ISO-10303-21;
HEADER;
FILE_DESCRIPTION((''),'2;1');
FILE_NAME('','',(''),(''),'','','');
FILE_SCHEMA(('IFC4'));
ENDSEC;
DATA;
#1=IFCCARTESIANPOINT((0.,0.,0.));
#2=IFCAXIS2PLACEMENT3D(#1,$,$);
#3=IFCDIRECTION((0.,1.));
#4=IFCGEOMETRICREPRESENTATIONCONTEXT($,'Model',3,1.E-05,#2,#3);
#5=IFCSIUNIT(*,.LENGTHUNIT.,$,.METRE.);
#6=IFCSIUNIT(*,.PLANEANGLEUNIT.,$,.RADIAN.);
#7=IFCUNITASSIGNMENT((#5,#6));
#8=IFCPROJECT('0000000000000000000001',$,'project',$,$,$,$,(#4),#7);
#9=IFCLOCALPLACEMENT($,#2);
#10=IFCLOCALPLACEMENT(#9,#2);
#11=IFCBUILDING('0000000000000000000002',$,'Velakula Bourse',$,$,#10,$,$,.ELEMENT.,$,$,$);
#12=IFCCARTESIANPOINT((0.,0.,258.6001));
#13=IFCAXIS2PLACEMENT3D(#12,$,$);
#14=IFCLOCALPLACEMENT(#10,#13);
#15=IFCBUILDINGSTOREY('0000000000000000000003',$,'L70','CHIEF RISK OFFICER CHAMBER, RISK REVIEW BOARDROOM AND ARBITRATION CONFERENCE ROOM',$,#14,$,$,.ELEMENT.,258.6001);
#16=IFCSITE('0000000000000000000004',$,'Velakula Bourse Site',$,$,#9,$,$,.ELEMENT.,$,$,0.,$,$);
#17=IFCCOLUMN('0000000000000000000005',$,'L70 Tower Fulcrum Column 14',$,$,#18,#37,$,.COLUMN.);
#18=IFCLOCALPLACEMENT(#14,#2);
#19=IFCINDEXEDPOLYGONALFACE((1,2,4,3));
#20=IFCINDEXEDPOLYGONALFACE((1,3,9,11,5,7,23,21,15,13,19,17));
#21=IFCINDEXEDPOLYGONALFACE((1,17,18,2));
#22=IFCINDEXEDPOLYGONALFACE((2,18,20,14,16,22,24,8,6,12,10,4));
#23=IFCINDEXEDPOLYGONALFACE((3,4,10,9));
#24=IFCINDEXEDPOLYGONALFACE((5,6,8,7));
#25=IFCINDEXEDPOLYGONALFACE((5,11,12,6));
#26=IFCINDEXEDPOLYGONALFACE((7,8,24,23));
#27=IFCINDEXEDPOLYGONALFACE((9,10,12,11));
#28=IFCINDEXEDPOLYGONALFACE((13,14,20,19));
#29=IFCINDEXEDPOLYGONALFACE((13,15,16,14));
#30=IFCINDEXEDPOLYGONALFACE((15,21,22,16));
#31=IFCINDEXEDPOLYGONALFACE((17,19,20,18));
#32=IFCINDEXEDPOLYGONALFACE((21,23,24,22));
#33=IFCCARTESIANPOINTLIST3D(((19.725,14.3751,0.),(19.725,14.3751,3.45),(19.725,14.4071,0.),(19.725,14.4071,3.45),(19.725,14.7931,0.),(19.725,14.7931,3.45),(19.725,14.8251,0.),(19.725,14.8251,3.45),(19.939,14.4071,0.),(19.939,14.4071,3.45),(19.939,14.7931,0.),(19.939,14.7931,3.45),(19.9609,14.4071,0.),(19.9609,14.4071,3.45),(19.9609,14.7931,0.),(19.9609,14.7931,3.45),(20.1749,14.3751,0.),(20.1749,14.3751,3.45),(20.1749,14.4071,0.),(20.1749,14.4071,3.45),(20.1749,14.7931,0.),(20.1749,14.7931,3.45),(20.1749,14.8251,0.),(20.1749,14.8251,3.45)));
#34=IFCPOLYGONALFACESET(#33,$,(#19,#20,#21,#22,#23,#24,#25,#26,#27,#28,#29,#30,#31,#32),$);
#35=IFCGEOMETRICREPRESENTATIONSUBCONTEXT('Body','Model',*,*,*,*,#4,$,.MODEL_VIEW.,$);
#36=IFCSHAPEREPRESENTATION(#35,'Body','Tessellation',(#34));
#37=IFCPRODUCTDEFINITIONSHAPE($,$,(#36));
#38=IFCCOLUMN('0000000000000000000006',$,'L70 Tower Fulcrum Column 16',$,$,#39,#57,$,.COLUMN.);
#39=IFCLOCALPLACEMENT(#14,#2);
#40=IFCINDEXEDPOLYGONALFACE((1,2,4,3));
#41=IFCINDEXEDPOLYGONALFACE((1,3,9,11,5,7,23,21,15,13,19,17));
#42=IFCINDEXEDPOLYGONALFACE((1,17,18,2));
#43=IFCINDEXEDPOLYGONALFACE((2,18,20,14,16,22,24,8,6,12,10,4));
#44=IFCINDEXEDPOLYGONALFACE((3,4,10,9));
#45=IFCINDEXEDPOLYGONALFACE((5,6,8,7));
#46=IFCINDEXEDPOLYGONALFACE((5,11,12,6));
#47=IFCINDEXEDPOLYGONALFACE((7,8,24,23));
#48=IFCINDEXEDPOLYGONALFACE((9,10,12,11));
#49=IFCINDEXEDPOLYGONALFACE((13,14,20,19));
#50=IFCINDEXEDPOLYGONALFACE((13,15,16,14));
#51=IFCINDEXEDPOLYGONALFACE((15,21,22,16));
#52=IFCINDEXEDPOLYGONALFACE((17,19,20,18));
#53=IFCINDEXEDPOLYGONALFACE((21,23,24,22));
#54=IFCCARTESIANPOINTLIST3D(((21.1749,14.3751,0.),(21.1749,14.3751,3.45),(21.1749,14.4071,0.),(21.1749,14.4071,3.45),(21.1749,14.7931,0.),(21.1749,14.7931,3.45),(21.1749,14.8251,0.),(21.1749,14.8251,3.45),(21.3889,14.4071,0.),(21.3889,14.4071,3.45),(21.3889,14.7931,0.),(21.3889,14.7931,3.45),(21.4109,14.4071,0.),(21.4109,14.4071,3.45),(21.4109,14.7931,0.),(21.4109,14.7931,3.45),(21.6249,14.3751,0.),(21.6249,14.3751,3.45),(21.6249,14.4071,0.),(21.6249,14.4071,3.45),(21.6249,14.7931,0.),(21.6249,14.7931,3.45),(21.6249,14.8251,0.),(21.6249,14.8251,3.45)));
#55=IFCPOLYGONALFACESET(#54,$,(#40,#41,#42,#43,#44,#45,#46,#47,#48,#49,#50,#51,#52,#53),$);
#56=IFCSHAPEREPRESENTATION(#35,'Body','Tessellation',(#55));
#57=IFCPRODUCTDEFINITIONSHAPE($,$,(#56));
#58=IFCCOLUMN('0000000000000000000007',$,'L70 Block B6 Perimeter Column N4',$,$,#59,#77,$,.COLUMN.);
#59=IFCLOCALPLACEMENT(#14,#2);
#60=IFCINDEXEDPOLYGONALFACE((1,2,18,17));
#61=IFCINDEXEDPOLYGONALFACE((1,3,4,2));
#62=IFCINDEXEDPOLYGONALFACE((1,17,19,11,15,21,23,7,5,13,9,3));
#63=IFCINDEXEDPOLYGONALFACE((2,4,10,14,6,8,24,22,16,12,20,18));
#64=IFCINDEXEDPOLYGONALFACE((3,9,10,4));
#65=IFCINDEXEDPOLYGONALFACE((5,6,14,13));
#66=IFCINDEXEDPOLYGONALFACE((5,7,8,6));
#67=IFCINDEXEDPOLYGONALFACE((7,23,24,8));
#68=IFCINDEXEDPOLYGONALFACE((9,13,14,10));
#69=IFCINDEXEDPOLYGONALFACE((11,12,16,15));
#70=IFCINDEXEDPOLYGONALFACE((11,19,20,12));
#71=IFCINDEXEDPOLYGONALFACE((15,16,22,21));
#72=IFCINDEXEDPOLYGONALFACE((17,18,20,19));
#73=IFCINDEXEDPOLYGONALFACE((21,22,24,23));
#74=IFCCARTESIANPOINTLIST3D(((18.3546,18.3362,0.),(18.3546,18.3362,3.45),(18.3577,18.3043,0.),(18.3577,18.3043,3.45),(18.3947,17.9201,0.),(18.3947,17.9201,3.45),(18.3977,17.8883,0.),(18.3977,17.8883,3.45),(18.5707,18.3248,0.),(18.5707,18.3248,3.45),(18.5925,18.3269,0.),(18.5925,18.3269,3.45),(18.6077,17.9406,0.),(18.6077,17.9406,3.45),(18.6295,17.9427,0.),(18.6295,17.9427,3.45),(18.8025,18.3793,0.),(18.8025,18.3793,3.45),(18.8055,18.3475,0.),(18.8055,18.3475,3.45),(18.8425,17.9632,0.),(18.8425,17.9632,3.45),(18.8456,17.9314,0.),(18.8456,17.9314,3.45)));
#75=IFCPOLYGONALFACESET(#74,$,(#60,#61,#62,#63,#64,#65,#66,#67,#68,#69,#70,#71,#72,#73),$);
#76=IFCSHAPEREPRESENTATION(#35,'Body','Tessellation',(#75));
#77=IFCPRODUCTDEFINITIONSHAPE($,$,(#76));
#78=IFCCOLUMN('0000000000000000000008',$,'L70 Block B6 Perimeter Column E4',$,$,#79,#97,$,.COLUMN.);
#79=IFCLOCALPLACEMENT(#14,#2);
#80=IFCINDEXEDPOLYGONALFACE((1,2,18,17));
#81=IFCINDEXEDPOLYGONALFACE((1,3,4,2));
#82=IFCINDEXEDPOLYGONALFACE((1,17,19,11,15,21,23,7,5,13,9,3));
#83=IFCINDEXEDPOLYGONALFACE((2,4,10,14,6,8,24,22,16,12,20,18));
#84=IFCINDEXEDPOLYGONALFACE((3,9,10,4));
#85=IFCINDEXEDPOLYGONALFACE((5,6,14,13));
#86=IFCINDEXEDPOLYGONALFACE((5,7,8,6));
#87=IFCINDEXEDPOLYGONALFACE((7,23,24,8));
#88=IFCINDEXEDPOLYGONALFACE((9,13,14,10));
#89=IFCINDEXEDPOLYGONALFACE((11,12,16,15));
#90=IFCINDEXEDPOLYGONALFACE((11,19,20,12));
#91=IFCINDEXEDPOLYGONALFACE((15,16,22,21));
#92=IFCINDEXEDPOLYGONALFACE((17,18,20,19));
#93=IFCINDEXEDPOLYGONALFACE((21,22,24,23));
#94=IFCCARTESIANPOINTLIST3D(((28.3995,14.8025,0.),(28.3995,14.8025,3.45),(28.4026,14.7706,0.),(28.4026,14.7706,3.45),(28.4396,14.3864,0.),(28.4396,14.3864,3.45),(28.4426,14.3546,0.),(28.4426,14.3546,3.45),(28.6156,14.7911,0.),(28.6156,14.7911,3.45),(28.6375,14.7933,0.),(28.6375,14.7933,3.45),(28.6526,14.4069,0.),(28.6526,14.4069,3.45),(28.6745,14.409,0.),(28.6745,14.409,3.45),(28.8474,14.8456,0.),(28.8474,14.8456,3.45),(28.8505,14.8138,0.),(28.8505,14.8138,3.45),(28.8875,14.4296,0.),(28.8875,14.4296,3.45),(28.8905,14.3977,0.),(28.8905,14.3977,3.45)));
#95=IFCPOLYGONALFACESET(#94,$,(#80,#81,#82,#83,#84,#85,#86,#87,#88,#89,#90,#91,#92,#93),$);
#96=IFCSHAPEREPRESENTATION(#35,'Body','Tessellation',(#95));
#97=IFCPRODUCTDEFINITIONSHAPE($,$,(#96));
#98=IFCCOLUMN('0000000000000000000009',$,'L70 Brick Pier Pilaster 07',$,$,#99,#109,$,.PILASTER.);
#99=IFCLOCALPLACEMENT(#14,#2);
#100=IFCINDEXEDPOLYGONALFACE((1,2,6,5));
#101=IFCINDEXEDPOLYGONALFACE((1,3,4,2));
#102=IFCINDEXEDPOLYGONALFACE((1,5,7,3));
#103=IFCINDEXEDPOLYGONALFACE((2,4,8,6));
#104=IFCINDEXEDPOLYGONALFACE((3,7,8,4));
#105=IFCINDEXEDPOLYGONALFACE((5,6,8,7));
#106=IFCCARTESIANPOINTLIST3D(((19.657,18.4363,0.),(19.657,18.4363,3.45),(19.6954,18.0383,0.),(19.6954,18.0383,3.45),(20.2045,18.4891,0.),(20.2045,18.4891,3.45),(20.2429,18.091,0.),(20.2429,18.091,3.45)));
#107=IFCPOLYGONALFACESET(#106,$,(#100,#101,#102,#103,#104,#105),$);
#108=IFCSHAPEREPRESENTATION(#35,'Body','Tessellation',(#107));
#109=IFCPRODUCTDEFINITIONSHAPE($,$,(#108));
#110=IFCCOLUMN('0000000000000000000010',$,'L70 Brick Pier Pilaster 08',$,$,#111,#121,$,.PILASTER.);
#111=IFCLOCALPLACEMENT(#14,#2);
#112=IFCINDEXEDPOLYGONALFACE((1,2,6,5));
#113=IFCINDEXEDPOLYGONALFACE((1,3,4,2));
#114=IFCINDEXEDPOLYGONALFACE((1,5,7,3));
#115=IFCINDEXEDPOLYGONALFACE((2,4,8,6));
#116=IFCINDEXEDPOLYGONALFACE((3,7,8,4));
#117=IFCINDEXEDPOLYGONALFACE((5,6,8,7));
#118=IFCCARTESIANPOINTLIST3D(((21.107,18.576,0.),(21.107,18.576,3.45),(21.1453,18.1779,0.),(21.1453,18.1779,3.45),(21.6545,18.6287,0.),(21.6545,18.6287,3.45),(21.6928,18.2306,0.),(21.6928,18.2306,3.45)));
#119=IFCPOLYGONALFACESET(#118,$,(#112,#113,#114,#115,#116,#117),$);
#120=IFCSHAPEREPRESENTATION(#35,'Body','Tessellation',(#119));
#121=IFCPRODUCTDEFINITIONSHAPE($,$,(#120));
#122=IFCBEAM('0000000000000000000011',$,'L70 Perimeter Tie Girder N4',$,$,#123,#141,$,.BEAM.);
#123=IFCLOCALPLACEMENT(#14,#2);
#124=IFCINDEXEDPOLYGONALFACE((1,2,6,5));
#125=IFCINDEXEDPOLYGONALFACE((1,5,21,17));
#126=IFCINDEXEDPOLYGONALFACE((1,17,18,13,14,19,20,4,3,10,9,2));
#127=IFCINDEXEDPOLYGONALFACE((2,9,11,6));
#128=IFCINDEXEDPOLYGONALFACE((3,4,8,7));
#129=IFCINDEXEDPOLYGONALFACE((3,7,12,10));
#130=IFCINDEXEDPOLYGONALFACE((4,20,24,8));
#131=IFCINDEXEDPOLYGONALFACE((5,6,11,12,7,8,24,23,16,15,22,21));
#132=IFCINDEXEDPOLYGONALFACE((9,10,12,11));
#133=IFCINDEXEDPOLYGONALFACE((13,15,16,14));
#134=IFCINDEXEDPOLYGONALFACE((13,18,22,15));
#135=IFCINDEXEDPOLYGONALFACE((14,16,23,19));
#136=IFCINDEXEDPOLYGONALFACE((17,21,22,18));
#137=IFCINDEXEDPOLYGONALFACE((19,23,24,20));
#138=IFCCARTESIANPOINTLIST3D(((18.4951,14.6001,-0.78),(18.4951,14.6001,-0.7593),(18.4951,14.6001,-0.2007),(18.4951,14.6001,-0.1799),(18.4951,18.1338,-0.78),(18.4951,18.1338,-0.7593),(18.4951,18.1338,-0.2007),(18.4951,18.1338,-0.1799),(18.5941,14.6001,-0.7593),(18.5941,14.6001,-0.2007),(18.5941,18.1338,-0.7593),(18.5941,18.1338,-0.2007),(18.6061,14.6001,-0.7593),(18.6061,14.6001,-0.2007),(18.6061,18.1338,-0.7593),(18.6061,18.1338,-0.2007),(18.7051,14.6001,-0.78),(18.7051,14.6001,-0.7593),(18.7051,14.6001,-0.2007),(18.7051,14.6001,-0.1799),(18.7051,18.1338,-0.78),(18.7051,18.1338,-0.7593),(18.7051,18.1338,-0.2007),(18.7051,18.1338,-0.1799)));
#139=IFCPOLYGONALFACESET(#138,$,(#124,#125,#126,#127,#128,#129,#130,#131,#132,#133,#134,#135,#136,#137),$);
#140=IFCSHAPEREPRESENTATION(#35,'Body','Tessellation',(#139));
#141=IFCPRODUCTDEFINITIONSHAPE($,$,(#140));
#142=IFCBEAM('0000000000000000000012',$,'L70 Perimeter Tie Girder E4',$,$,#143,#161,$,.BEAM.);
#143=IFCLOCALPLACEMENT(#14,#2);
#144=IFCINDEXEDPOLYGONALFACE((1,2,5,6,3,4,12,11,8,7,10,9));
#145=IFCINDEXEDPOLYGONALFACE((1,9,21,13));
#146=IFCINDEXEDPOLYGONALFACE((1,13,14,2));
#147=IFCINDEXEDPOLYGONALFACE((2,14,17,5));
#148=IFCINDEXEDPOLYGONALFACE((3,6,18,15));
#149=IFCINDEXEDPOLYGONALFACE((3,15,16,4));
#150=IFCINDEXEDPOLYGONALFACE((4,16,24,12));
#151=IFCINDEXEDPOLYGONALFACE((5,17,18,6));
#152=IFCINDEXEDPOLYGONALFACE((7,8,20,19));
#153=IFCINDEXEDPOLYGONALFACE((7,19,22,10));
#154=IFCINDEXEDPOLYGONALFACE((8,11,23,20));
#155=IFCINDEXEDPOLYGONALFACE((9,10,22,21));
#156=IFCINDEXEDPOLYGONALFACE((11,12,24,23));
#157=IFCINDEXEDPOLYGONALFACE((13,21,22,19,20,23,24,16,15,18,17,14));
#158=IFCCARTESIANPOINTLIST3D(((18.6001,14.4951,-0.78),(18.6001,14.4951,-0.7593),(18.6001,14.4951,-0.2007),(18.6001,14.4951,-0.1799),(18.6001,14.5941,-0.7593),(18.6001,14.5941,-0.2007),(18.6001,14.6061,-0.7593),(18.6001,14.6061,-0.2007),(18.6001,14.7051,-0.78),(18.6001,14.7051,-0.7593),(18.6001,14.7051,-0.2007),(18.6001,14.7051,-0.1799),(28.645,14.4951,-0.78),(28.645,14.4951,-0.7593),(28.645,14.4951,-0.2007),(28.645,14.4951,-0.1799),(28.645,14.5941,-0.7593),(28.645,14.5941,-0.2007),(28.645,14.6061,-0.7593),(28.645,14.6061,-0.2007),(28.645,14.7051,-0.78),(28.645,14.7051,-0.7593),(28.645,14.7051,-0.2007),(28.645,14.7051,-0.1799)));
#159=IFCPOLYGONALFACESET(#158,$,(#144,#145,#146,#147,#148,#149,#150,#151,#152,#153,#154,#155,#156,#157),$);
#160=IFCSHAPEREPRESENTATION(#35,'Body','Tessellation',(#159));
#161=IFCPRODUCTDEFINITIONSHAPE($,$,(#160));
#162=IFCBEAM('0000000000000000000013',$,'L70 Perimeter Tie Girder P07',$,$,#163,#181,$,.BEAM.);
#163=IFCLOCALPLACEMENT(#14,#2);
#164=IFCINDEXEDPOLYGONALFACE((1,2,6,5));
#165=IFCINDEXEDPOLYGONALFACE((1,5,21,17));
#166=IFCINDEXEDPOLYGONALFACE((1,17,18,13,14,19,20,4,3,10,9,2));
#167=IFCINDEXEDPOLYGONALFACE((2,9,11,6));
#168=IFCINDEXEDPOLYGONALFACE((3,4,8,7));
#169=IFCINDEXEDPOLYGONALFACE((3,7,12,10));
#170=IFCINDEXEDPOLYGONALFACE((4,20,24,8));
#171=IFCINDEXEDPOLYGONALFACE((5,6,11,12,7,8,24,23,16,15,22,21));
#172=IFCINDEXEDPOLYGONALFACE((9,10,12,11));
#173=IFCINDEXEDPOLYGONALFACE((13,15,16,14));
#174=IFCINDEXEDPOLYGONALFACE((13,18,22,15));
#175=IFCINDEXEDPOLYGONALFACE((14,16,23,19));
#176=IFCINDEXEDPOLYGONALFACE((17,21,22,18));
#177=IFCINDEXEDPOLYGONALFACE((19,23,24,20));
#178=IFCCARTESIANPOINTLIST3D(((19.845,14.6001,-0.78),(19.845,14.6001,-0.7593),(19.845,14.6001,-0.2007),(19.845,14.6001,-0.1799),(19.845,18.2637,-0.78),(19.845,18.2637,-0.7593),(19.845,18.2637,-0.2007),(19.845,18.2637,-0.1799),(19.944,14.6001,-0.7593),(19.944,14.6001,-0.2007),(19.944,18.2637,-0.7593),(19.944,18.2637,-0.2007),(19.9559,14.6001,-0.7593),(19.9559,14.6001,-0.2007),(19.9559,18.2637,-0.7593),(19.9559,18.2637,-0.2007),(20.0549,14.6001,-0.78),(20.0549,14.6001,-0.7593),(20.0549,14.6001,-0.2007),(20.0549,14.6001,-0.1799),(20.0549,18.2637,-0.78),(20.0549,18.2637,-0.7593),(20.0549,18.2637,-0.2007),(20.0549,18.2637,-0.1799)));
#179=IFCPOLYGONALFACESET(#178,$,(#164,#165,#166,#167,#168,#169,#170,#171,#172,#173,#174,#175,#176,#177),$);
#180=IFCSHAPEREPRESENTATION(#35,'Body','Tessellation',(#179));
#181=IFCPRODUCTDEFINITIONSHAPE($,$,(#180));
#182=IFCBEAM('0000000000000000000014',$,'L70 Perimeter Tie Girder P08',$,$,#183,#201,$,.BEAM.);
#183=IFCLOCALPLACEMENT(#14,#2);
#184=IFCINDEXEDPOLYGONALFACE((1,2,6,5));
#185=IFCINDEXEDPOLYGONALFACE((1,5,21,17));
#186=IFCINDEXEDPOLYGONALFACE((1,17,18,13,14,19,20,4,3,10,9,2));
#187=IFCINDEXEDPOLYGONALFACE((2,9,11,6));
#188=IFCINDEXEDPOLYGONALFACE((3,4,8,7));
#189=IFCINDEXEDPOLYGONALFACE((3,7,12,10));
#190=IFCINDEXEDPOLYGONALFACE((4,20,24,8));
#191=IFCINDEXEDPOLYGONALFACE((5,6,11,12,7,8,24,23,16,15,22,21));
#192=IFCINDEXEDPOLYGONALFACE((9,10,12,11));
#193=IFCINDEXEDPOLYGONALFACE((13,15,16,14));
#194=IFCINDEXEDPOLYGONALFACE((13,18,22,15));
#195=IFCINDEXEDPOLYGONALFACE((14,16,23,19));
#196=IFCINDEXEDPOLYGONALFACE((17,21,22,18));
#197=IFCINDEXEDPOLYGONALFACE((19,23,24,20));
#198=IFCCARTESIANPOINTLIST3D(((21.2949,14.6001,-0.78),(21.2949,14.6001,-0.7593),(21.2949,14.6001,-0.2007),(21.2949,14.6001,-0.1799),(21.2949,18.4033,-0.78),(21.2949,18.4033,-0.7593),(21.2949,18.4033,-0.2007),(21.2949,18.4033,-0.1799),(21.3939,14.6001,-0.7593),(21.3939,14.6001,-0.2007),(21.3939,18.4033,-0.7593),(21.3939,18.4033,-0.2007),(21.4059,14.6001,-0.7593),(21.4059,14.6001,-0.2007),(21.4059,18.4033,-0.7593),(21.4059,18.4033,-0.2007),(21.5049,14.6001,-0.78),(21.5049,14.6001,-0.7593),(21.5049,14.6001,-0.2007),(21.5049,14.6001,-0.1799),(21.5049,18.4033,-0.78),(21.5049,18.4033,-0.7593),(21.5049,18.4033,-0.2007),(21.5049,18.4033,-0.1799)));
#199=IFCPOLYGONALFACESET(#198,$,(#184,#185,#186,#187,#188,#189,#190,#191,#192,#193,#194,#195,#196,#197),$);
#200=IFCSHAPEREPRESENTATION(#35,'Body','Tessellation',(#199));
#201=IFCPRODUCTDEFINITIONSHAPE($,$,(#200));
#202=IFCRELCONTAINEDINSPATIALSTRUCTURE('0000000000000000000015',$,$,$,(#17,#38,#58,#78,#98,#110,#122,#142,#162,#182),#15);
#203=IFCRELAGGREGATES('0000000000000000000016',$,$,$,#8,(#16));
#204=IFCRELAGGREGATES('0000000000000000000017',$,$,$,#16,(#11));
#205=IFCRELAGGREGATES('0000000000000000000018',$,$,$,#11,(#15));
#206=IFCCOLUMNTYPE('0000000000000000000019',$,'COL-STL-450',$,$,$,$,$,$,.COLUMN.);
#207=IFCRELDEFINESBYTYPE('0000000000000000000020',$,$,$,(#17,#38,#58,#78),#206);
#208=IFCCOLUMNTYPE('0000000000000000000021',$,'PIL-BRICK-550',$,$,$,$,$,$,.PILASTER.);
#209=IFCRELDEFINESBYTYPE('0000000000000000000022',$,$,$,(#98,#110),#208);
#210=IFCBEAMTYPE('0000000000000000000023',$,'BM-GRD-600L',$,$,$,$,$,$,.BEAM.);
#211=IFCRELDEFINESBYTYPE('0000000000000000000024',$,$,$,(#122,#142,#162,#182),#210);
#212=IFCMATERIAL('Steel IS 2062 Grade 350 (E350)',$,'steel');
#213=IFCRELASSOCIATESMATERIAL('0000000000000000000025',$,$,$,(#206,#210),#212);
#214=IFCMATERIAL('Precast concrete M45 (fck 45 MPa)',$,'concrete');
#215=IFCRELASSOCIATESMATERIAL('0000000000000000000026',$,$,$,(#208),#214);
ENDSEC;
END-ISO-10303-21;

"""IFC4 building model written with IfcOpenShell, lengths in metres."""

from ifc_helpers import new_model, si_unit, direction, frame, origin, origin_2d, place, context, subcontext, project, spatial, rectangle, i_section, extrude, material, material_profile, profile_set, type_object, element, save


model = new_model("IFC4")

# Units and contexts
model_context = context("Model", 3, precision=1e-05, world=origin(), true_north=direction((0.0, 1.0)))
body_context = subcontext(model_context, "Body", "Model", "MODEL_VIEW")
ifc_project = project(units=[si_unit("LENGTHUNIT", "METRE"), si_unit("PLANEANGLEUNIT", "RADIAN")], contexts=[model_context])

# Site, building, storey
site_placement = place(None, origin())
site = spatial("IfcSite", under=ifc_project, at=site_placement, Name="Velakula Bourse Site", CompositionType="ELEMENT", RefElevation=0.0)
building_placement = place(site_placement, origin())
building = spatial("IfcBuilding", under=site, at=building_placement, Name="Velakula Bourse", CompositionType="ELEMENT")
storey_placement = place(building_placement, frame((0.0, 0.0, 258.6001)))
storey = spatial("IfcBuildingStorey", under=building, at=storey_placement, Name="L70", Description="CHIEF RISK OFFICER CHAMBER, RISK REVIEW BOARDROOM AND ARBITRATION CONFERENCE ROOM", CompositionType="ELEMENT", Elevation=258.6001)

# Columns
ifc_material_1 = material(Name="Steel IS 2062 Grade 350 (E350)", Category="steel")
ifc_material_profile_1 = material_profile(ifc_material_1, i_section(OverallWidth=0.45, OverallDepth=0.45, WebThickness=0.022, FlangeThickness=0.032, at=origin_2d()), Name="Steel IS 2062 Grade 350 (E350)")
ifc_profile_set_1 = profile_set([ifc_material_profile_1], Name="Steel IS 2062 Grade 350 (E350)")
column_type_1 = type_object("IfcColumnType", Name="COL-STL-450", PredefinedType="COLUMN", material=ifc_profile_set_1)
for number, where, z_axis, x_axis, name in (
    (1, (19.95, 14.6001, 0.0), (0.0, 0.0, 1.0), (1.0, 0.0, 0.0), "L70 Tower Fulcrum Column 14"),
    (2, (21.3999, 14.6001, 0.0), (0.0, 0.0, 1.0), (1.0, 0.0, 0.0), "L70 Tower Fulcrum Column 16"),
    (3, (18.6001, 18.1338, 0.0), (0.0, 0.0, 1.0), (0.995396, 0.095846, 0.0), "L70 Block B6 Perimeter Column N4"),
    (4, (28.645, 14.6001, 0.0), (0.0, 0.0, 1.0), (0.995396, 0.095846, 0.0), "L70 Block B6 Perimeter Column E4"),
):
    element("IfcColumn", number, at=place(storey_placement, frame(where, z_axis=z_axis, x_axis=x_axis)), inside=storey, type_object=column_type_1, Name=name, PredefinedType="COLUMN", context=body_context, shape_type="SweptSolid", body=[
        extrude(i_section(OverallWidth=0.45, OverallDepth=0.45, WebThickness=0.022, FlangeThickness=0.032, at=origin_2d()), origin(), (0.0, 0.0, 1.0), 3.45),
    ])
ifc_material_2 = material(Name="Precast concrete M45 (fck 45 MPa)", Category="concrete")
ifc_material_profile_2 = material_profile(ifc_material_2, rectangle(XDim=0.55, YDim=0.3999, at=origin_2d()), Name="Precast concrete M45 (fck 45 MPa)")
ifc_profile_set_2 = profile_set([ifc_material_profile_2], Name="Precast concrete M45 (fck 45 MPa)")
column_type_2 = type_object("IfcColumnType", Name="PIL-BRICK-550", PredefinedType="PILASTER", material=ifc_profile_set_2)
for number, where, z_axis, x_axis, name in (
    (5, (19.95, 18.2637, 0.0), (0.0, 0.0, 1.0), (0.995396, 0.095846, 0.0), "L70 Brick Pier Pilaster 07"),
    (6, (21.3999, 18.4033, 0.0), (0.0, 0.0, 1.0), (0.995396, 0.095846, 0.0), "L70 Brick Pier Pilaster 08"),
):
    element("IfcColumn", number, at=place(storey_placement, frame(where, z_axis=z_axis, x_axis=x_axis)), inside=storey, type_object=column_type_2, Name=name, PredefinedType="PILASTER", context=body_context, shape_type="SweptSolid", body=[
        extrude(rectangle(XDim=0.55, YDim=0.3999, at=origin_2d()), origin(), (0.0, 0.0, 1.0), 3.45),
    ])

# Beams
ifc_material_profile_3 = material_profile(ifc_material_1, i_section(OverallWidth=0.21, OverallDepth=0.6001, WebThickness=0.012, FlangeThickness=0.0208, at=origin_2d()), Name="Steel IS 2062 Grade 350 (E350)")
ifc_profile_set_3 = profile_set([ifc_material_profile_3], Name="Steel IS 2062 Grade 350 (E350)")
beam_type_1 = type_object("IfcBeamType", Name="BM-GRD-600L", PredefinedType="BEAM", material=ifc_profile_set_3)
beam_1_placement = place(storey_placement, frame((18.6001, 14.6001, -0.48), z_axis=(0.0, 1.0, 0.0), x_axis=(-1.0, 0.0, 0.0)))
element("IfcBeam", 7, at=beam_1_placement, inside=storey, type_object=beam_type_1, Name="L70 Perimeter Tie Girder N4", PredefinedType="BEAM", context=body_context, shape_type="SweptSolid", body=[
    extrude(i_section(OverallWidth=0.21, OverallDepth=0.6001, WebThickness=0.012, FlangeThickness=0.0208, at=origin_2d()), origin(), (0.0, 0.0, 1.0), 3.5337),
])
beam_2_placement = place(storey_placement, frame((18.6001, 14.6001, -0.48), z_axis=(1.0, 0.0, 0.0), x_axis=(0.0, 1.0, 0.0)))
element("IfcBeam", 8, at=beam_2_placement, inside=storey, type_object=beam_type_1, Name="L70 Perimeter Tie Girder E4", PredefinedType="BEAM", context=body_context, shape_type="SweptSolid", body=[
    extrude(i_section(OverallWidth=0.21, OverallDepth=0.6001, WebThickness=0.012, FlangeThickness=0.0208, at=origin_2d()), origin(), (0.0, 0.0, 1.0), 10.0449),
])
beam_3_placement = place(storey_placement, frame((19.95, 14.6001, -0.48), z_axis=(0.0, 1.0, 0.0), x_axis=(-1.0, 0.0, 0.0)))
element("IfcBeam", 9, at=beam_3_placement, inside=storey, type_object=beam_type_1, Name="L70 Perimeter Tie Girder P07", PredefinedType="BEAM", context=body_context, shape_type="SweptSolid", body=[
    extrude(i_section(OverallWidth=0.21, OverallDepth=0.6001, WebThickness=0.012, FlangeThickness=0.0208, at=origin_2d()), origin(), (0.0, 0.0, 1.0), 3.6636),
])
beam_4_placement = place(storey_placement, frame((21.3999, 14.6001, -0.48), z_axis=(0.0, 1.0, 0.0), x_axis=(-1.0, 0.0, 0.0)))
element("IfcBeam", 10, at=beam_4_placement, inside=storey, type_object=beam_type_1, Name="L70 Perimeter Tie Girder P08", PredefinedType="BEAM", context=body_context, shape_type="SweptSolid", body=[
    extrude(i_section(OverallWidth=0.21, OverallDepth=0.6001, WebThickness=0.012, FlangeThickness=0.0208, at=origin_2d()), origin(), (0.0, 0.0, 1.0), 3.8032),
])

save(model, "model.ifc")
